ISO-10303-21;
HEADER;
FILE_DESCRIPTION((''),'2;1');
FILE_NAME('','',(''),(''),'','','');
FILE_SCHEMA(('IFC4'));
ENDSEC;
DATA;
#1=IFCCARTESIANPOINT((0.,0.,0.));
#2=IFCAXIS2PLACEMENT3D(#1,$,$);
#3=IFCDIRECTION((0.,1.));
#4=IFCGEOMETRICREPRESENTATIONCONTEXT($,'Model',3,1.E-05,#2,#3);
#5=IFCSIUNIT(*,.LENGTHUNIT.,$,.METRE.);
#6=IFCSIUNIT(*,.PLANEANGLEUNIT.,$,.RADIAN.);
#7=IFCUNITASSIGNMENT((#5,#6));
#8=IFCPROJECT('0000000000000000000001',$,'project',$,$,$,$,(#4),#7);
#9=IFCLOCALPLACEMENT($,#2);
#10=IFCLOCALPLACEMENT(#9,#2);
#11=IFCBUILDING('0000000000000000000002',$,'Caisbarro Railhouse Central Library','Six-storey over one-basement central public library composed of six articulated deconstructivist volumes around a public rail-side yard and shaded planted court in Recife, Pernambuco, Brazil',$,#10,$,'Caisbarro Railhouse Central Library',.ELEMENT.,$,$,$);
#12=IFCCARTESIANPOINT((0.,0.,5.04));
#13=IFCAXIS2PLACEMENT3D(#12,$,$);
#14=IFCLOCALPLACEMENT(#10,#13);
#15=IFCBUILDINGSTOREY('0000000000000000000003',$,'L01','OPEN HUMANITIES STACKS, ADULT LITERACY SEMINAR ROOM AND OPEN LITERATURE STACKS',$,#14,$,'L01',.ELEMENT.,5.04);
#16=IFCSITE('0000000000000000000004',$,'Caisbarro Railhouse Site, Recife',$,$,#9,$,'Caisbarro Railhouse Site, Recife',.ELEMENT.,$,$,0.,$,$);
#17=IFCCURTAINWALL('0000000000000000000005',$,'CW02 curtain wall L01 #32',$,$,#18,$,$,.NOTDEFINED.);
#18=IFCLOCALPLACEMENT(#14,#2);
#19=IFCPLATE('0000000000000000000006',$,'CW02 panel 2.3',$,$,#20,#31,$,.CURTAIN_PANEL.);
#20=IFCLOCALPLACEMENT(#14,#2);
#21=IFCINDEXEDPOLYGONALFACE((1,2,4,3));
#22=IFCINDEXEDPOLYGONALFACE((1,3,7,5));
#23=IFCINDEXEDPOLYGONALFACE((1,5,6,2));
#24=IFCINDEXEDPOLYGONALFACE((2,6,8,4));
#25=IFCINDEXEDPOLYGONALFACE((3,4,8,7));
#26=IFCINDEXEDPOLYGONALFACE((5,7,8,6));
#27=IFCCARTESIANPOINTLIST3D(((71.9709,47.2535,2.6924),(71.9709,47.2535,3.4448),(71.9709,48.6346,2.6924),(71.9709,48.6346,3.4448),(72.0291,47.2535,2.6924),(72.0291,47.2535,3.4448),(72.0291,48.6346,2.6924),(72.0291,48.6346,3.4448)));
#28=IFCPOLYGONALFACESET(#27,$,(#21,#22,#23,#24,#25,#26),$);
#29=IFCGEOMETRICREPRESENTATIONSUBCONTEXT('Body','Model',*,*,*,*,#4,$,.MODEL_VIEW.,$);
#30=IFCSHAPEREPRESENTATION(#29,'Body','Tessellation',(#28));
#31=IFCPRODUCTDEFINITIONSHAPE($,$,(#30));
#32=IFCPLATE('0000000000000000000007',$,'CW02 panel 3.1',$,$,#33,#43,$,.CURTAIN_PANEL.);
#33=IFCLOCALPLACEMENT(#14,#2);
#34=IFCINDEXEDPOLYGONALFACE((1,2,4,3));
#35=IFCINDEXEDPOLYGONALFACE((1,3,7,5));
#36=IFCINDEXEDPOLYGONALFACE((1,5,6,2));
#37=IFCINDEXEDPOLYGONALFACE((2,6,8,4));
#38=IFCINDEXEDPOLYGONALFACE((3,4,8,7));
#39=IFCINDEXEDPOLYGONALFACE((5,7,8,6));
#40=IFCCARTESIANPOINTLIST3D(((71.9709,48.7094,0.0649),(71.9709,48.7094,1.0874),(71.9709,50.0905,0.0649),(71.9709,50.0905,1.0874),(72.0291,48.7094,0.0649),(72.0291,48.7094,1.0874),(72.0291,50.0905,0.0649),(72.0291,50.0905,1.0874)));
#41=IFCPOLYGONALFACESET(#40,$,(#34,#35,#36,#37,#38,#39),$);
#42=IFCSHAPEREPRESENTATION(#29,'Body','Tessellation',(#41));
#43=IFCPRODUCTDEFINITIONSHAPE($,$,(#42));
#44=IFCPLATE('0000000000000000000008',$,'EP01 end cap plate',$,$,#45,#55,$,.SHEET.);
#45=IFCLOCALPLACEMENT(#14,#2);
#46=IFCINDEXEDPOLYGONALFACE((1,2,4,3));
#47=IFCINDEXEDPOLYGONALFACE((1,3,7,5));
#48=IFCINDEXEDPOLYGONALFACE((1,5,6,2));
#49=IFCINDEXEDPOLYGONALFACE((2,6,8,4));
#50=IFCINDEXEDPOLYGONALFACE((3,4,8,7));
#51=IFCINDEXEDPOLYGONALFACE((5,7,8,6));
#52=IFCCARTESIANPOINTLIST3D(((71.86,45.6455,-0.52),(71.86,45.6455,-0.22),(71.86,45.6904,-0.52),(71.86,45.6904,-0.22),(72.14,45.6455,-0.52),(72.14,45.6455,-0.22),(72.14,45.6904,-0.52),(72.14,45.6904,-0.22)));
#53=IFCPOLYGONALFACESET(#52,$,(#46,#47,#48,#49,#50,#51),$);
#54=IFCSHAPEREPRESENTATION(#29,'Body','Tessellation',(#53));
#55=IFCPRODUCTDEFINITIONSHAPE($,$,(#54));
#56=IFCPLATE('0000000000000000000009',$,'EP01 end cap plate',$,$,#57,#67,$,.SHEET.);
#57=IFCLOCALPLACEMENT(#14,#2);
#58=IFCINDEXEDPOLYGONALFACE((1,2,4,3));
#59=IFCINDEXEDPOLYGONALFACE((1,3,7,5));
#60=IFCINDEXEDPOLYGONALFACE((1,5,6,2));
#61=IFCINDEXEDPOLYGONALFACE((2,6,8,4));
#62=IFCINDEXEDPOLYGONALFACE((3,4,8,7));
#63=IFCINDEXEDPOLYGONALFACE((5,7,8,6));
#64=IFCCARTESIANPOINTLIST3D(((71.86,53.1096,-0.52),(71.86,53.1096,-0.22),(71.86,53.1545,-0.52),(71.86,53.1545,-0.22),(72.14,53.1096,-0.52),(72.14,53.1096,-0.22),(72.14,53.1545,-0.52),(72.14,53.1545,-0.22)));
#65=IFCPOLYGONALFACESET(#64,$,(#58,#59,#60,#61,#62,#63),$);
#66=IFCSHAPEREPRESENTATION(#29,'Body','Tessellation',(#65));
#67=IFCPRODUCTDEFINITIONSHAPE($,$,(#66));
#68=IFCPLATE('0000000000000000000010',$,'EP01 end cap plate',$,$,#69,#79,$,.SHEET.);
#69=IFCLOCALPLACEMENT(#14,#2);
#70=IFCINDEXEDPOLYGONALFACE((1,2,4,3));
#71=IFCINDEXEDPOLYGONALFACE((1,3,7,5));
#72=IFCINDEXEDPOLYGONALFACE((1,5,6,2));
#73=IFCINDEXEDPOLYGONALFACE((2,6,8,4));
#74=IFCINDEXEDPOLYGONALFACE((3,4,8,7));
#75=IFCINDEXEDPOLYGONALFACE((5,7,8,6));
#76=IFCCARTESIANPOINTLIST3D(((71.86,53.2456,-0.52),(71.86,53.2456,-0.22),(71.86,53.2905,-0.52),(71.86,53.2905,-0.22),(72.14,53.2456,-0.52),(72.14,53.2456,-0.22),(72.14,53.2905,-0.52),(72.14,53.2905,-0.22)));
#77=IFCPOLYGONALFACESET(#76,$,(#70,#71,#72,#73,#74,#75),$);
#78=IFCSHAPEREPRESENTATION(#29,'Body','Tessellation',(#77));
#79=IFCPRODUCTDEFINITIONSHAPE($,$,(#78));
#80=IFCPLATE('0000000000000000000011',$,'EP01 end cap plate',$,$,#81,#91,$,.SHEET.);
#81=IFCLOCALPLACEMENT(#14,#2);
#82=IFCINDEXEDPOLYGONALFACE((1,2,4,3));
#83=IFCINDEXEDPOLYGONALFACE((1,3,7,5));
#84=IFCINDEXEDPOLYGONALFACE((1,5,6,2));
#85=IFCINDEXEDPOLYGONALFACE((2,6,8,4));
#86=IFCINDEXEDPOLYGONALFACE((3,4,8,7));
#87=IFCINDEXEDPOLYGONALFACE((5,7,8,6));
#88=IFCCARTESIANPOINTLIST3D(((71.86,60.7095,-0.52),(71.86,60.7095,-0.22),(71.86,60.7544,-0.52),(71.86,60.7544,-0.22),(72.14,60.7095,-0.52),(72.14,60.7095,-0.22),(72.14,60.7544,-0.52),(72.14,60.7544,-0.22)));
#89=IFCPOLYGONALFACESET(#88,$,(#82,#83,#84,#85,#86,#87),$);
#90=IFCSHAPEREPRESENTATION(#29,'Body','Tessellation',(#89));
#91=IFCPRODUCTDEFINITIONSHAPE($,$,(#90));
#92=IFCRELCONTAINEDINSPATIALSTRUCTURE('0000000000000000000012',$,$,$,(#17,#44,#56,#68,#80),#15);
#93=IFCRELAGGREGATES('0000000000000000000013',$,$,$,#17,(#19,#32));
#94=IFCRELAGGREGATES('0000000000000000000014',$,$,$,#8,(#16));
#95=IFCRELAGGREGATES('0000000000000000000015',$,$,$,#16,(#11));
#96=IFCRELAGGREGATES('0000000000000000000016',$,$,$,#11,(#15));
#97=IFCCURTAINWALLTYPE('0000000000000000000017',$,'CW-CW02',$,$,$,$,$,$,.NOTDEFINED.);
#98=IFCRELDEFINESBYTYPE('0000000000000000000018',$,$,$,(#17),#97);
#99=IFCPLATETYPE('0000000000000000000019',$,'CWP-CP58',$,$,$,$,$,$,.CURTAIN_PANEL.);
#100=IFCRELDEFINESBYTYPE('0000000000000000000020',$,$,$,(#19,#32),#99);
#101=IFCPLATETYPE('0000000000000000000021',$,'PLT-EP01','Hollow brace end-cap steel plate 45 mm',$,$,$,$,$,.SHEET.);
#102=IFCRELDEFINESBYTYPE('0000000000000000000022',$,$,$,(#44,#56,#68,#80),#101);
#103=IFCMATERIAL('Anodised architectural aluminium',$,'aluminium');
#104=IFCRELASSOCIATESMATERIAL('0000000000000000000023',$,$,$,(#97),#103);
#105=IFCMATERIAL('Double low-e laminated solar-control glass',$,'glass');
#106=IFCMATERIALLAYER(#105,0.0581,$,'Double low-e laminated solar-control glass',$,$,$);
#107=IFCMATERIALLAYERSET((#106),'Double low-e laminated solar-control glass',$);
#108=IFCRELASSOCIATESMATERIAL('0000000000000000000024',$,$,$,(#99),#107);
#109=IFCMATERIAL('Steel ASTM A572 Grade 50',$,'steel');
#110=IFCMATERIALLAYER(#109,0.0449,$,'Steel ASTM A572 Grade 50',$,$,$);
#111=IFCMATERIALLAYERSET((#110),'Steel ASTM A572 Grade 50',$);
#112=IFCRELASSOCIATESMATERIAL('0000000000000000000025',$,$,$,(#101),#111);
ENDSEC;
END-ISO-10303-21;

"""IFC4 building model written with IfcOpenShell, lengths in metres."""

from ifc_helpers import new_model, si_unit, direction, frame, origin, origin_2d, place, context, subcontext, project, spatial, rectangle, extrude, material, layer, layer_set, type_object, element, aggregate, save


model = new_model("IFC4")

# Units and contexts
model_context = context("Model", 3, precision=1e-05, world=origin(), true_north=direction((0.0, 1.0)))
body_context = subcontext(model_context, "Body", "Model", "MODEL_VIEW")
ifc_project = project(units=[si_unit("LENGTHUNIT", "METRE"), si_unit("PLANEANGLEUNIT", "RADIAN")], contexts=[model_context])

# Site, building, storey
site_placement = place(None, origin())
site = spatial("IfcSite", under=ifc_project, at=site_placement, Name="Caisbarro Railhouse Site, Recife", LongName="Caisbarro Railhouse Site, Recife", CompositionType="ELEMENT", RefElevation=0.0)
building_placement = place(site_placement, origin())
building = spatial("IfcBuilding", under=site, at=building_placement, Name="Caisbarro Railhouse Central Library", Description="Six-storey over one-basement central public library composed of six articulated deconstructivist volumes around a public rail-side yard and shaded planted court in Recife, Pernambuco, Brazil", LongName="Caisbarro Railhouse Central Library", CompositionType="ELEMENT")
storey_placement = place(building_placement, frame((0.0, 0.0, 5.04)))
storey = spatial("IfcBuildingStorey", under=building, at=storey_placement, Name="L01", Description="OPEN HUMANITIES STACKS, ADULT LITERACY SEMINAR ROOM AND OPEN LITERATURE STACKS", LongName="L01", CompositionType="ELEMENT", Elevation=5.04)

# Shared definitions
ifc_material_1 = material(Name="Steel ASTM A572 Grade 50", Category="steel")

# Curtain wall, plates
ifc_material_2 = material(Name="Anodised architectural aluminium", Category="aluminium")
curtain_wall_type = type_object("IfcCurtainWallType", Name="CW-CW02", PredefinedType="NOTDEFINED", material=ifc_material_2)
curtain_wall_placement = place(storey_placement, origin())
curtain_wall = element("IfcCurtainWall", 1, at=curtain_wall_placement, inside=storey, type_object=curtain_wall_type, Name="CW02 curtain wall L01 #32", PredefinedType="NOTDEFINED")
ifc_material_3 = material(Name="Double low-e laminated solar-control glass", Category="glass")
ifc_layer_1 = layer(ifc_material_3, 0.0581, Name="Double low-e laminated solar-control glass")
ifc_layer_set_1 = layer_set([ifc_layer_1], Name="Double low-e laminated solar-control glass")
plate_type_1 = type_object("IfcPlateType", Name="CWP-CP58", PredefinedType="CURTAIN_PANEL", material=ifc_layer_set_1)
plate_1_placement = place(storey_placement, frame((72.0, 47.9441, 2.6924), z_axis=(0.0, 0.0, 1.0), x_axis=(0.0, 1.0, 0.0)))
plate_1 = element("IfcPlate", 2, at=plate_1_placement, type_object=plate_type_1, Name="CW02 panel 2.3", PredefinedType="CURTAIN_PANEL", context=body_context, shape_type="SweptSolid", body=[
    extrude(rectangle(XDim=1.3811, YDim=0.0581, at=origin_2d()), origin(), (0.0, 0.0, 1.0), 0.7524),
])
plate_2_placement = place(storey_placement, frame((72.0, 49.3999, 0.0649), z_axis=(0.0, 0.0, 1.0), x_axis=(0.0, 1.0, 0.0)))
plate_2 = element("IfcPlate", 3, at=plate_2_placement, type_object=plate_type_1, Name="CW02 panel 3.1", PredefinedType="CURTAIN_PANEL", context=body_context, shape_type="SweptSolid", body=[
    extrude(rectangle(XDim=1.3811, YDim=0.0581, at=origin_2d()), origin(), (0.0, 0.0, 1.0), 1.0225),
])
aggregate(curtain_wall, [plate_1, plate_2])

# Plates
ifc_layer_2 = layer(ifc_material_1, 0.0449, Name="Steel ASTM A572 Grade 50")
ifc_layer_set_2 = layer_set([ifc_layer_2], Name="Steel ASTM A572 Grade 50")
plate_type_2 = type_object("IfcPlateType", Name="PLT-EP01", Description="Hollow brace end-cap steel plate 45 mm", PredefinedType="SHEET", material=ifc_layer_set_2)
for number, where, z_axis, x_axis, name in (
    (4, (72.0, 45.668, -0.52), (0.0, 0.0, 1.0), (0.0, 1.0, 0.0), "EP01 end cap plate"),
    (5, (72.0, 53.1321, -0.52), (0.0, 0.0, 1.0), (0.0, 1.0, 0.0), "EP01 end cap plate"),
    (6, (72.0, 53.2681, -0.52), (0.0, 0.0, 1.0), (0.0, 1.0, 0.0), "EP01 end cap plate"),
    (7, (72.0, 60.7319, -0.52), (0.0, 0.0, 1.0), (0.0, 1.0, 0.0), "EP01 end cap plate"),
):
    element("IfcPlate", number, at=place(storey_placement, frame(where, z_axis=z_axis, x_axis=x_axis)), inside=storey, type_object=plate_type_2, Name=name, PredefinedType="SHEET", context=body_context, shape_type="SweptSolid", body=[
        extrude(rectangle(XDim=0.0449, YDim=0.28, at=origin_2d()), origin(), (0.0, 0.0, 1.0), 0.3),
    ])

save(model, "model.ifc")
